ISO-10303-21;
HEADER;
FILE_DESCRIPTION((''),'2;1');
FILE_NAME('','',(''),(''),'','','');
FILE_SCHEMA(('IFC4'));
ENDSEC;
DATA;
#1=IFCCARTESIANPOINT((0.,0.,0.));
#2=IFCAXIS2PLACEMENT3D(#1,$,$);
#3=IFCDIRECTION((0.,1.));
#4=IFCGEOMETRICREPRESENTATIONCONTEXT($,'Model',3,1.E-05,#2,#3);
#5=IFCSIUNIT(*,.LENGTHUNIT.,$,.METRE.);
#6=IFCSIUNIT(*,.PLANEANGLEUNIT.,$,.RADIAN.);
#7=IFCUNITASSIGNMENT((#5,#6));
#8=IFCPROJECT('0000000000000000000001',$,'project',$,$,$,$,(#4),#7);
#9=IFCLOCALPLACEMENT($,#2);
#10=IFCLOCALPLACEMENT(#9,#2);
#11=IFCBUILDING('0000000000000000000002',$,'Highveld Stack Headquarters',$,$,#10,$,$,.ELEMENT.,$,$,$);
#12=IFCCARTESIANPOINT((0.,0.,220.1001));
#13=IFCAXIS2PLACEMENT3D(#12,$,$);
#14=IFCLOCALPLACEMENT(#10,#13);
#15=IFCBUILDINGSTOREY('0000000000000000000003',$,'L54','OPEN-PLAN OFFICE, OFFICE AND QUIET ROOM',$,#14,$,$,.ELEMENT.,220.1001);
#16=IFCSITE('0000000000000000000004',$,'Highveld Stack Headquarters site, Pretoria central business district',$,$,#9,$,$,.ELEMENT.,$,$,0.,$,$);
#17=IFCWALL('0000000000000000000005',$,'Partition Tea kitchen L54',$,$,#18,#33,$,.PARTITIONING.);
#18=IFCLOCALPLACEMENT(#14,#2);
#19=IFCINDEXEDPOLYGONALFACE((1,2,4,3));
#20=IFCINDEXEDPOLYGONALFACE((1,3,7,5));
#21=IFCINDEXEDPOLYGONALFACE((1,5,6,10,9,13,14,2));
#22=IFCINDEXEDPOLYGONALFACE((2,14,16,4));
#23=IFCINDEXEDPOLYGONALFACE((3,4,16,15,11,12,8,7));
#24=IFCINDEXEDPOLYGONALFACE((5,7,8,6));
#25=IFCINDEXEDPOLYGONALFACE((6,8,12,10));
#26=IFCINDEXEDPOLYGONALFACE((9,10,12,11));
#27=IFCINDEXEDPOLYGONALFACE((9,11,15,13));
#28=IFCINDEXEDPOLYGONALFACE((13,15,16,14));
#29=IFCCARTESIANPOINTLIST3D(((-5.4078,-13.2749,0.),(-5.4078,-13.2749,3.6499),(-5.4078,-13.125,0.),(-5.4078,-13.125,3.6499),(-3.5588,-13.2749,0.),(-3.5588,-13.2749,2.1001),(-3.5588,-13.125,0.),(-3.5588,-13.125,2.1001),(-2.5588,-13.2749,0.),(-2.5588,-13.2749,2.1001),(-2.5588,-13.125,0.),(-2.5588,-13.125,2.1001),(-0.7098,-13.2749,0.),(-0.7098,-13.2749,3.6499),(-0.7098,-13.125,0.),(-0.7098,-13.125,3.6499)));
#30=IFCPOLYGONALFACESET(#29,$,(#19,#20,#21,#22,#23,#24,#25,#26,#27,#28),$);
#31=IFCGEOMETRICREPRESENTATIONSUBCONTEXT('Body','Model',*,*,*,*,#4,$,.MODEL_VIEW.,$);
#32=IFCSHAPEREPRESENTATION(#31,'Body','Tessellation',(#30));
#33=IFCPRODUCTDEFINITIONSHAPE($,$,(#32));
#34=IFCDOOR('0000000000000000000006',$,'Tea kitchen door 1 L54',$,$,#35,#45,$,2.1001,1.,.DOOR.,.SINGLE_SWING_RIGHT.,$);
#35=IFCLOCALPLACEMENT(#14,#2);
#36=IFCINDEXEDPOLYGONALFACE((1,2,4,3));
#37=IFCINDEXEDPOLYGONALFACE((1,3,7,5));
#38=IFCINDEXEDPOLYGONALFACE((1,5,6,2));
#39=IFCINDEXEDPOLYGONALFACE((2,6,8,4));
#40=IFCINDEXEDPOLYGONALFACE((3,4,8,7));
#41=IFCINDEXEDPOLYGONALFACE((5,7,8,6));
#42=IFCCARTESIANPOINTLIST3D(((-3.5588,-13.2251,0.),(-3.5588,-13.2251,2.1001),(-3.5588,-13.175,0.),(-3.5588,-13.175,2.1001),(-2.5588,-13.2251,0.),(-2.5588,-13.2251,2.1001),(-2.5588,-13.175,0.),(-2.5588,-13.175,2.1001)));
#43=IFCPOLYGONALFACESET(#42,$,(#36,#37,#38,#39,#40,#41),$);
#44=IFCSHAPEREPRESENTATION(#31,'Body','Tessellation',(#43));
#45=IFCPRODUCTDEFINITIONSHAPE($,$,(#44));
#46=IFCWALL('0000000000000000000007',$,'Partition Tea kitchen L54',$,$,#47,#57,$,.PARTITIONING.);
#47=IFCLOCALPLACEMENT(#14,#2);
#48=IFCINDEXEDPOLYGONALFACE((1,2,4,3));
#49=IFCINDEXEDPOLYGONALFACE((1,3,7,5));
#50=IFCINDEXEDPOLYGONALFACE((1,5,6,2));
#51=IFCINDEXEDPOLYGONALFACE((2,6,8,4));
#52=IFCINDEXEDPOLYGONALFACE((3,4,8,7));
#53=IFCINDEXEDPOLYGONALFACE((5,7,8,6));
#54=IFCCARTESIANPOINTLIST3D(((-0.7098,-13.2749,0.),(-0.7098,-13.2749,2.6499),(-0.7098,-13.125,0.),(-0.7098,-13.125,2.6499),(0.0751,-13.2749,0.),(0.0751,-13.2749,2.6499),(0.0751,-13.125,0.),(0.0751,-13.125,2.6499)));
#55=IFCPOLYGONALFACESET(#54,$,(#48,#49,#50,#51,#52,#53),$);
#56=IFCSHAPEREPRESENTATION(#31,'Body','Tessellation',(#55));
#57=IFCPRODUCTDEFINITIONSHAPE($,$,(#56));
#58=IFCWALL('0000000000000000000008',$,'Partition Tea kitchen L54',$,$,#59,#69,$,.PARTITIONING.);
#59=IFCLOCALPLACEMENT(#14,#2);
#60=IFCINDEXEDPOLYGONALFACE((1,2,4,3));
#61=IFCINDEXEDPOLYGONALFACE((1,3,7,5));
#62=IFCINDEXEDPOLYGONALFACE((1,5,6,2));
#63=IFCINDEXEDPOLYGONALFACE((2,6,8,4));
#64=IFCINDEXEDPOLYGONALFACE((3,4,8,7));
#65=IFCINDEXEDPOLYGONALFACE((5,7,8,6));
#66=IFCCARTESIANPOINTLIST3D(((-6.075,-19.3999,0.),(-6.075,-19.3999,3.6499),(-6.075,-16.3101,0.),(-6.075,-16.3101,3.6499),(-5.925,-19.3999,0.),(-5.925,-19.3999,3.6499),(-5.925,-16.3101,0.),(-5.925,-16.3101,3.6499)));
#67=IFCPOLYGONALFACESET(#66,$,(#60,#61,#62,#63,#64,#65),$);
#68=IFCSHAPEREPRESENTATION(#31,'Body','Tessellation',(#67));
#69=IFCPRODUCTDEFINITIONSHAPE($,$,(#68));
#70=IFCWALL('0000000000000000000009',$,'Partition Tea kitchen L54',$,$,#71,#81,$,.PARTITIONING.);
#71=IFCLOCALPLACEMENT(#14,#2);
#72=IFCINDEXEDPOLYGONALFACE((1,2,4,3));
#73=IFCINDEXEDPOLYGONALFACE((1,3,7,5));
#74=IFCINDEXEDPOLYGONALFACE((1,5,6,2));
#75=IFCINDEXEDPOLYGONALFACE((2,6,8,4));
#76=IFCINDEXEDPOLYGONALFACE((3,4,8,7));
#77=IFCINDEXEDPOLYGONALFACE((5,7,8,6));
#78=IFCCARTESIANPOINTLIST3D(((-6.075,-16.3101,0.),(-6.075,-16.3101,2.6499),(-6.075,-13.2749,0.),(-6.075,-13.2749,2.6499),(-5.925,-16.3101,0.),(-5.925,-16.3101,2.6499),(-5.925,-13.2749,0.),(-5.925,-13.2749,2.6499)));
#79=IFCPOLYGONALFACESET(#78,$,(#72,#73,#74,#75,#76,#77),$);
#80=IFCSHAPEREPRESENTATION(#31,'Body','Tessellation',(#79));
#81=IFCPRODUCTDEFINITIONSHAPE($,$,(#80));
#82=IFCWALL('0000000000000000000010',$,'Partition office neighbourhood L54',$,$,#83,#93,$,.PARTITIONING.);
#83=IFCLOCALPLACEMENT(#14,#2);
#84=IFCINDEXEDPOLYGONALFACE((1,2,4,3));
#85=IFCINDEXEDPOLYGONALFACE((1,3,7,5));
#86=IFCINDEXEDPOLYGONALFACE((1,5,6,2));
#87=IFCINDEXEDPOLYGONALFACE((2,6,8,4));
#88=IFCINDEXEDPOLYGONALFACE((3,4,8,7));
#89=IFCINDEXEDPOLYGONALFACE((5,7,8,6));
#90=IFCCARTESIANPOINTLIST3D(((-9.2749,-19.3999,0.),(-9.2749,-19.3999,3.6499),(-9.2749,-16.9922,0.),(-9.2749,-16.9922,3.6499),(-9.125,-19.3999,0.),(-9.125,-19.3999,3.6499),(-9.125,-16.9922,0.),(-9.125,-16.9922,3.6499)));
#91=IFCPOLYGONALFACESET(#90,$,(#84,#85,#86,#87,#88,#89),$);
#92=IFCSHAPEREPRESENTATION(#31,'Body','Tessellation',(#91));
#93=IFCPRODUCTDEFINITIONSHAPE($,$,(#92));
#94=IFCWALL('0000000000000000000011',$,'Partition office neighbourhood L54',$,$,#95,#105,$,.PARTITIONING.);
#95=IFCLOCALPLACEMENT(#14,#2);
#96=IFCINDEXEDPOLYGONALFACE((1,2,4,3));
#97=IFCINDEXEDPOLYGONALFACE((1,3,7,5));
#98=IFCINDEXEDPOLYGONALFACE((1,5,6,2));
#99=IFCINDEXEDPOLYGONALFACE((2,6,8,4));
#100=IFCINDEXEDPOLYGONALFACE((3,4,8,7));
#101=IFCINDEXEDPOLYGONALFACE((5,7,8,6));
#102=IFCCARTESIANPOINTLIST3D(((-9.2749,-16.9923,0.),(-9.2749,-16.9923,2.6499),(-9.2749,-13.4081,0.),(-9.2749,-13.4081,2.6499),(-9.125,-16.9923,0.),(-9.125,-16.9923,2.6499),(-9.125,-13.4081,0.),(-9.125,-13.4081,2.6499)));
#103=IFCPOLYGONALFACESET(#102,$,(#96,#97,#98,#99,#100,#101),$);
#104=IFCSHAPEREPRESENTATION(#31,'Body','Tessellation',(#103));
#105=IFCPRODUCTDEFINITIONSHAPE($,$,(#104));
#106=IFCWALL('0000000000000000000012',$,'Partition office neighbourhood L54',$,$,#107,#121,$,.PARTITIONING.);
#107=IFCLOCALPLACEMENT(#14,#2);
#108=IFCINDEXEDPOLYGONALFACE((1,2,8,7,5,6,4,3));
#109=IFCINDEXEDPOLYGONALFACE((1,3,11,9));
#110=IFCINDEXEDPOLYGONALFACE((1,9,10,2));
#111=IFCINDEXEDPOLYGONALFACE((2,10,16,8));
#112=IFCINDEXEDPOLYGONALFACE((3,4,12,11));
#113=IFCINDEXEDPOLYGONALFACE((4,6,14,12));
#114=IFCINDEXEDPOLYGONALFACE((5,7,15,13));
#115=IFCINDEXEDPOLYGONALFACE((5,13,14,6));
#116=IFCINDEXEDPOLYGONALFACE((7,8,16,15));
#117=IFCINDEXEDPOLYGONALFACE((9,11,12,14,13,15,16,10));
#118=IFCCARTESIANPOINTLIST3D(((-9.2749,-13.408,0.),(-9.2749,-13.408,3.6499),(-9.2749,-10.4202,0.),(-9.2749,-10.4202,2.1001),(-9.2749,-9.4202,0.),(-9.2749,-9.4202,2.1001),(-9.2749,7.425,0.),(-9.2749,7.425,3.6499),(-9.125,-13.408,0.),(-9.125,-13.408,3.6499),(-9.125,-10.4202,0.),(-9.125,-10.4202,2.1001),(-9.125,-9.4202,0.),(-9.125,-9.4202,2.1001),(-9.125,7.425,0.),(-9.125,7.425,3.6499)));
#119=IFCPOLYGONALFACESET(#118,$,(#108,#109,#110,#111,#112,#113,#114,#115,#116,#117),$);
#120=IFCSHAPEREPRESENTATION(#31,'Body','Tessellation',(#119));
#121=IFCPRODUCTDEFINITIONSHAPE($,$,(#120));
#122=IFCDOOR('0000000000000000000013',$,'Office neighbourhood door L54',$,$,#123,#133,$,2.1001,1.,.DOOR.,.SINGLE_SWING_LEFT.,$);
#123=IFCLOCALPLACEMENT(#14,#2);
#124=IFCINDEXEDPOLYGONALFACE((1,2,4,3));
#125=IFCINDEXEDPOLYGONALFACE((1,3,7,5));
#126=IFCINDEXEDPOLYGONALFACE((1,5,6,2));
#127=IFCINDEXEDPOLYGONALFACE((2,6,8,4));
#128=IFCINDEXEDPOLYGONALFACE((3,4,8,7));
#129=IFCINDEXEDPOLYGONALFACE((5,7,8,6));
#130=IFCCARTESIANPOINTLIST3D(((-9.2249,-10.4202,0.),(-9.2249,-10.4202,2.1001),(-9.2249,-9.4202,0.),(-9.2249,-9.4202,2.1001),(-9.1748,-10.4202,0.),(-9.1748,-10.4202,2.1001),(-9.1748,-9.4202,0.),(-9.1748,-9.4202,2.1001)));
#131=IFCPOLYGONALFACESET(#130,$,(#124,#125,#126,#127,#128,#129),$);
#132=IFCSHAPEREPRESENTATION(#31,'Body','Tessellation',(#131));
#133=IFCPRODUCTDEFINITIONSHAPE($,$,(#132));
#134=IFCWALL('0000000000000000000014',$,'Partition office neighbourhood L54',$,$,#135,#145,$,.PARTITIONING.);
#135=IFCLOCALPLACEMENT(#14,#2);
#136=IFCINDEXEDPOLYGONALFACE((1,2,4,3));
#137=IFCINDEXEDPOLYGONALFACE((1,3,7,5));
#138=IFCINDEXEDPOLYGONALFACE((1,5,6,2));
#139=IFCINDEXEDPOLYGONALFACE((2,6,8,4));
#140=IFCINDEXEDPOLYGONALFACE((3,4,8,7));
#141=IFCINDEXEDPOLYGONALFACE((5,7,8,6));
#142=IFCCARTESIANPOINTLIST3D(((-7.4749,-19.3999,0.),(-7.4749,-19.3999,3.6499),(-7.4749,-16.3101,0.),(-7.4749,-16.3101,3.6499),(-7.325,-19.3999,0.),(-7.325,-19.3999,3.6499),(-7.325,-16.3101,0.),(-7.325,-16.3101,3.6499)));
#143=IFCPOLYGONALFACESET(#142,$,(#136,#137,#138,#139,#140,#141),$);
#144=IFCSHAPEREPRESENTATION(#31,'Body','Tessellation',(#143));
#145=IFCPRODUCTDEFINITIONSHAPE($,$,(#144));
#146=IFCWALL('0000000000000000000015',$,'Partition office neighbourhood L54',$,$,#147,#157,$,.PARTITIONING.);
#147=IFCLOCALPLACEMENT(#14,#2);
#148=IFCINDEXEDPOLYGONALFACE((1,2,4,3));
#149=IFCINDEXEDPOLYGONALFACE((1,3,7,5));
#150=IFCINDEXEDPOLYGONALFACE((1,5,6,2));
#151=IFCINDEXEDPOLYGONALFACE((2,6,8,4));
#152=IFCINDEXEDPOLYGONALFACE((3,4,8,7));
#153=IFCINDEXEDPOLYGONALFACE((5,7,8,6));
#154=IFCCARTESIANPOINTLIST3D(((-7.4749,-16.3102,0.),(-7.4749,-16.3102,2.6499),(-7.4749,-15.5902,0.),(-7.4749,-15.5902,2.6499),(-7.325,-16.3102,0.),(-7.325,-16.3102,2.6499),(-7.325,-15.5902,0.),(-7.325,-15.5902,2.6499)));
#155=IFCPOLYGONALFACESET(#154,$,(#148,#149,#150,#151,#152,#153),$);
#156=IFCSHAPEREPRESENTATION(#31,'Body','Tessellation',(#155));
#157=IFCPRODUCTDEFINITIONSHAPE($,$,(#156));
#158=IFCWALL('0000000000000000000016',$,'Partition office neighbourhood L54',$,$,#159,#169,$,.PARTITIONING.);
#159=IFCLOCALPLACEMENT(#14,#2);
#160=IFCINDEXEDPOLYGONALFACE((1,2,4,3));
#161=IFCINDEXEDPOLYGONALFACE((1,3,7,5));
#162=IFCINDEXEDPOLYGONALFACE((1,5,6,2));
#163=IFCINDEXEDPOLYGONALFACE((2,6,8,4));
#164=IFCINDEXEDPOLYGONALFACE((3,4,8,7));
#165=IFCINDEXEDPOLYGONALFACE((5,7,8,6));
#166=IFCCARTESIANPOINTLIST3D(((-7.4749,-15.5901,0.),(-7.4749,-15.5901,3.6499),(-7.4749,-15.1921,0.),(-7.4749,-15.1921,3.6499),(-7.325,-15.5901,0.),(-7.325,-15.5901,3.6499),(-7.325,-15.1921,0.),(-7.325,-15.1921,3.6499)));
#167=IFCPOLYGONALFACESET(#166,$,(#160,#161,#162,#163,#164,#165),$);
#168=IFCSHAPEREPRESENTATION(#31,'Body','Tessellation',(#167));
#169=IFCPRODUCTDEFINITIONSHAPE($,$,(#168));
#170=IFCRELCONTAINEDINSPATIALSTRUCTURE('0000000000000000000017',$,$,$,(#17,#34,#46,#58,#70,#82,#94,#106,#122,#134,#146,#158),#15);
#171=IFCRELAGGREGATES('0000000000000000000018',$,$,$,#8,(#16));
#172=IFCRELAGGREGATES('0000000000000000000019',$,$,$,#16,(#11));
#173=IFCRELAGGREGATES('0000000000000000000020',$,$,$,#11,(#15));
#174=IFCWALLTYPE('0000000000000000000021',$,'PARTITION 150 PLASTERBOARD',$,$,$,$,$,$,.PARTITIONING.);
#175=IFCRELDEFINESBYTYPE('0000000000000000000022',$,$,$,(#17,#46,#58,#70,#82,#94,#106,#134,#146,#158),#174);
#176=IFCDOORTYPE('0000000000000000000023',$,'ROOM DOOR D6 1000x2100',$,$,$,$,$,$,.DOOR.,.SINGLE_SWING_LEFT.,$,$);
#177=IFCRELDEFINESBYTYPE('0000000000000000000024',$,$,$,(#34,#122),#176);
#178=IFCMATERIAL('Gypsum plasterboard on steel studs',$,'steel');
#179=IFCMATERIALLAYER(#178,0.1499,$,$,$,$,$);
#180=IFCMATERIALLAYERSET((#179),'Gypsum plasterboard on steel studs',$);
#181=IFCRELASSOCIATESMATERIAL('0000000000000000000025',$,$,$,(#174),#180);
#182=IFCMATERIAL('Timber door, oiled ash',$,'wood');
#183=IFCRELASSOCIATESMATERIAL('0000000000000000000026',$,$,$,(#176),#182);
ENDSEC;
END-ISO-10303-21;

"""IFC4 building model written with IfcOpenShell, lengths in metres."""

from ifc_helpers import new_model, si_unit, direction, frame, frame_2d, origin, place, context, subcontext, project, spatial, rectangle, extrude, material, layer, layer_set, type_object, element, fill, save


model = new_model("IFC4")

# Units and contexts
model_context = context("Model", 3, precision=1e-05, world=origin(), true_north=direction((0.0, 1.0)))
body_context = subcontext(model_context, "Body", "Model", "MODEL_VIEW")
ifc_project = project(units=[si_unit("LENGTHUNIT", "METRE"), si_unit("PLANEANGLEUNIT", "RADIAN")], contexts=[model_context])

# Site, building, storey
site_placement = place(None, origin())
site = spatial("IfcSite", under=ifc_project, at=site_placement, Name="Highveld Stack Headquarters site, Pretoria central business district", CompositionType="ELEMENT", RefElevation=0.0)
building_placement = place(site_placement, origin())
building = spatial("IfcBuilding", under=site, at=building_placement, Name="Highveld Stack Headquarters", CompositionType="ELEMENT")
storey_placement = place(building_placement, frame((0.0, 0.0, 220.1001)))
storey = spatial("IfcBuildingStorey", under=building, at=storey_placement, Name="L54", Description="OPEN-PLAN OFFICE, OFFICE AND QUIET ROOM", CompositionType="ELEMENT", Elevation=220.1001)

# Shared definitions
ifc_material_1 = material(Name="Gypsum plasterboard on steel studs", Category="steel")
ifc_layer_1 = layer(ifc_material_1, 0.1499)
ifc_layer_set_1 = layer_set([ifc_layer_1], Name="Gypsum plasterboard on steel studs")
wall_type = type_object("IfcWallType", Name="PARTITION 150 PLASTERBOARD", PredefinedType="PARTITIONING", material=ifc_layer_set_1)

# Wall, opening, door
wall_1_placement = place(storey_placement, frame((-5.408, -13.2, 0.0), z_axis=(0.0, 0.0, 1.0), x_axis=(1.0, 0.0, 0.0)))
wall_1 = element("IfcWall", 1, at=wall_1_placement, inside=storey, type_object=wall_type, Name="Partition Tea kitchen L54", PredefinedType="PARTITIONING", context=body_context, shape_type="SweptSolid", body=[
    extrude(rectangle(XDim=4.698, YDim=0.1499, at=frame_2d((2.3491, 0.0))), origin(), (0.0, 0.0, 1.0), 3.6499),
])
opening_1_placement = place(wall_1_placement, frame((1.8491, 0.0, 0.0)))
opening_1 = element("IfcOpeningElement", 2, at=opening_1_placement, cuts=wall_1, PredefinedType="OPENING", context=body_context, shape_type="SweptSolid", body=[
    extrude(rectangle(XDim=1.0, YDim=2.1001, at=frame_2d((0.5, 1.05))), frame((0.0, 0.085, 0.0), z_axis=(0.0, -1.0, 0.0), x_axis=(1.0, 0.0, 0.0)), (0.0, 0.0, 1.0), 0.1699),
])
ifc_material_2 = material(Name="Timber door, oiled ash", Category="wood")
door_type = type_object("IfcDoorType", Name="ROOM DOOR D6 1000x2100", OperationType="SINGLE_SWING_LEFT", PredefinedType="DOOR", material=ifc_material_2)
door_1_placement = place(opening_1_placement, origin())
door_1 = element("IfcDoor", 3, at=door_1_placement, inside=storey, type_object=door_type, Name="Tea kitchen door 1 L54", OperationType="SINGLE_SWING_RIGHT", OverallHeight=2.1001, OverallWidth=1.0, PredefinedType="DOOR", context=body_context, shape_type="SweptSolid", body=[
    extrude(rectangle(XDim=1.0, YDim=2.1001, at=frame_2d((0.5, 1.05))), frame((0.0, 0.0249, 0.0), z_axis=(0.0, -1.0, 0.0), x_axis=(1.0, 0.0, 0.0)), (0.0, 0.0, 1.0), 0.05),
])
fill(opening_1, door_1)

# Walls
wall_2_placement = place(storey_placement, frame((-0.71, -13.2, 0.0), z_axis=(0.0, 0.0, 1.0), x_axis=(1.0, 0.0, 0.0)))
element("IfcWall", 4, at=wall_2_placement, inside=storey, type_object=wall_type, Name="Partition Tea kitchen L54", PredefinedType="PARTITIONING", context=body_context, shape_type="SweptSolid", body=[
    extrude(rectangle(XDim=0.7849, YDim=0.1499, at=frame_2d((0.3926, 0.0))), origin(), (0.0, 0.0, 1.0), 2.6499),
])
wall_3_placement = place(storey_placement, frame((-6.0, -19.3999, 0.0), z_axis=(0.0, 0.0, 1.0), x_axis=(0.0, 1.0, 0.0)))
element("IfcWall", 5, at=wall_3_placement, inside=storey, type_object=wall_type, Name="Partition Tea kitchen L54", PredefinedType="PARTITIONING", context=body_context, shape_type="SweptSolid", body=[
    extrude(rectangle(XDim=3.0898, YDim=0.1499, at=frame_2d((1.5449, 0.0))), origin(), (0.0, 0.0, 1.0), 3.6499),
])
wall_4_placement = place(storey_placement, frame((-6.0, -16.3101, 0.0), z_axis=(0.0, 0.0, 1.0), x_axis=(0.0, 1.0, 0.0)))
element("IfcWall", 6, at=wall_4_placement, inside=storey, type_object=wall_type, Name="Partition Tea kitchen L54", PredefinedType="PARTITIONING", context=body_context, shape_type="SweptSolid", body=[
    extrude(rectangle(XDim=3.0352, YDim=0.1499, at=frame_2d((1.5176, 0.0))), origin(), (0.0, 0.0, 1.0), 2.6499),
])
wall_5_placement = place(storey_placement, frame((-9.2, -19.3999, 0.0), z_axis=(0.0, 0.0, 1.0), x_axis=(0.0, 1.0, 0.0)))
element("IfcWall", 7, at=wall_5_placement, inside=storey, type_object=wall_type, Name="Partition office neighbourhood L54", PredefinedType="PARTITIONING", context=body_context, shape_type="SweptSolid", body=[
    extrude(rectangle(XDim=2.4077, YDim=0.1499, at=frame_2d((1.2039, 0.0))), origin(), (0.0, 0.0, 1.0), 3.6499),
])
wall_6_placement = place(storey_placement, frame((-9.2, -16.9922, 0.0), z_axis=(0.0, 0.0, 1.0), x_axis=(0.0, 1.0, 0.0)))
element("IfcWall", 8, at=wall_6_placement, inside=storey, type_object=wall_type, Name="Partition office neighbourhood L54", PredefinedType="PARTITIONING", context=body_context, shape_type="SweptSolid", body=[
    extrude(rectangle(XDim=3.5842, YDim=0.1499, at=frame_2d((1.792, 0.0))), origin(), (0.0, 0.0, 1.0), 2.6499),
])

# Wall, opening, door
wall_7_placement = place(storey_placement, frame((-9.2, -13.408, 0.0), z_axis=(0.0, 0.0, 1.0), x_axis=(0.0, 1.0, 0.0)))
wall_7 = element("IfcWall", 9, at=wall_7_placement, inside=storey, type_object=wall_type, Name="Partition office neighbourhood L54", PredefinedType="PARTITIONING", context=body_context, shape_type="SweptSolid", body=[
    extrude(rectangle(XDim=20.833, YDim=0.1499, at=frame_2d((10.4165, 0.0))), origin(), (0.0, 0.0, 1.0), 3.6499),
])
opening_2_placement = place(wall_7_placement, frame((2.9878, 0.0, 0.0)))
opening_2 = element("IfcOpeningElement", 10, at=opening_2_placement, cuts=wall_7, PredefinedType="OPENING", context=body_context, shape_type="SweptSolid", body=[
    extrude(rectangle(XDim=1.0, YDim=2.1001, at=frame_2d((0.5, 1.05))), frame((0.0, 0.085, 0.0), z_axis=(0.0, -1.0, 0.0), x_axis=(1.0, 0.0, 0.0)), (0.0, 0.0, 1.0), 0.1699),
])
door_2_placement = place(opening_2_placement, origin())
door_2 = element("IfcDoor", 11, at=door_2_placement, inside=storey, type_object=door_type, Name="Office neighbourhood door L54", OperationType="SINGLE_SWING_LEFT", OverallHeight=2.1001, OverallWidth=1.0, PredefinedType="DOOR", context=body_context, shape_type="SweptSolid", body=[
    extrude(rectangle(XDim=1.0, YDim=2.1001, at=frame_2d((0.5, 1.05))), frame((0.0, 0.0249, 0.0), z_axis=(0.0, -1.0, 0.0), x_axis=(1.0, 0.0, 0.0)), (0.0, 0.0, 1.0), 0.05),
])
fill(opening_2, door_2)

# Walls
wall_8_placement = place(storey_placement, frame((-7.3999, -19.3999, 0.0), z_axis=(0.0, 0.0, 1.0), x_axis=(0.0, 1.0, 0.0)))
element("IfcWall", 12, at=wall_8_placement, inside=storey, type_object=wall_type, Name="Partition office neighbourhood L54", PredefinedType="PARTITIONING", context=body_context, shape_type="SweptSolid", body=[
    extrude(rectangle(XDim=3.0898, YDim=0.1499, at=frame_2d((1.5449, 0.0))), origin(), (0.0, 0.0, 1.0), 3.6499),
])
wall_9_placement = place(storey_placement, frame((-7.3999, -16.3101, 0.0), z_axis=(0.0, 0.0, 1.0), x_axis=(0.0, 1.0, 0.0)))
element("IfcWall", 13, at=wall_9_placement, inside=storey, type_object=wall_type, Name="Partition office neighbourhood L54", PredefinedType="PARTITIONING", context=body_context, shape_type="SweptSolid", body=[
    extrude(rectangle(XDim=0.72, YDim=0.1499, at=frame_2d((0.3599, 0.0))), origin(), (0.0, 0.0, 1.0), 2.6499),
])
wall_10_placement = place(storey_placement, frame((-7.3999, -15.5901, 0.0), z_axis=(0.0, 0.0, 1.0), x_axis=(0.0, 1.0, 0.0)))
element("IfcWall", 14, at=wall_10_placement, inside=storey, type_object=wall_type, Name="Partition office neighbourhood L54", PredefinedType="PARTITIONING", context=body_context, shape_type="SweptSolid", body=[
    extrude(rectangle(XDim=0.3979, YDim=0.1499, at=frame_2d((0.199, 0.0))), origin(), (0.0, 0.0, 1.0), 3.6499),
])

save(model, "model.ifc")
